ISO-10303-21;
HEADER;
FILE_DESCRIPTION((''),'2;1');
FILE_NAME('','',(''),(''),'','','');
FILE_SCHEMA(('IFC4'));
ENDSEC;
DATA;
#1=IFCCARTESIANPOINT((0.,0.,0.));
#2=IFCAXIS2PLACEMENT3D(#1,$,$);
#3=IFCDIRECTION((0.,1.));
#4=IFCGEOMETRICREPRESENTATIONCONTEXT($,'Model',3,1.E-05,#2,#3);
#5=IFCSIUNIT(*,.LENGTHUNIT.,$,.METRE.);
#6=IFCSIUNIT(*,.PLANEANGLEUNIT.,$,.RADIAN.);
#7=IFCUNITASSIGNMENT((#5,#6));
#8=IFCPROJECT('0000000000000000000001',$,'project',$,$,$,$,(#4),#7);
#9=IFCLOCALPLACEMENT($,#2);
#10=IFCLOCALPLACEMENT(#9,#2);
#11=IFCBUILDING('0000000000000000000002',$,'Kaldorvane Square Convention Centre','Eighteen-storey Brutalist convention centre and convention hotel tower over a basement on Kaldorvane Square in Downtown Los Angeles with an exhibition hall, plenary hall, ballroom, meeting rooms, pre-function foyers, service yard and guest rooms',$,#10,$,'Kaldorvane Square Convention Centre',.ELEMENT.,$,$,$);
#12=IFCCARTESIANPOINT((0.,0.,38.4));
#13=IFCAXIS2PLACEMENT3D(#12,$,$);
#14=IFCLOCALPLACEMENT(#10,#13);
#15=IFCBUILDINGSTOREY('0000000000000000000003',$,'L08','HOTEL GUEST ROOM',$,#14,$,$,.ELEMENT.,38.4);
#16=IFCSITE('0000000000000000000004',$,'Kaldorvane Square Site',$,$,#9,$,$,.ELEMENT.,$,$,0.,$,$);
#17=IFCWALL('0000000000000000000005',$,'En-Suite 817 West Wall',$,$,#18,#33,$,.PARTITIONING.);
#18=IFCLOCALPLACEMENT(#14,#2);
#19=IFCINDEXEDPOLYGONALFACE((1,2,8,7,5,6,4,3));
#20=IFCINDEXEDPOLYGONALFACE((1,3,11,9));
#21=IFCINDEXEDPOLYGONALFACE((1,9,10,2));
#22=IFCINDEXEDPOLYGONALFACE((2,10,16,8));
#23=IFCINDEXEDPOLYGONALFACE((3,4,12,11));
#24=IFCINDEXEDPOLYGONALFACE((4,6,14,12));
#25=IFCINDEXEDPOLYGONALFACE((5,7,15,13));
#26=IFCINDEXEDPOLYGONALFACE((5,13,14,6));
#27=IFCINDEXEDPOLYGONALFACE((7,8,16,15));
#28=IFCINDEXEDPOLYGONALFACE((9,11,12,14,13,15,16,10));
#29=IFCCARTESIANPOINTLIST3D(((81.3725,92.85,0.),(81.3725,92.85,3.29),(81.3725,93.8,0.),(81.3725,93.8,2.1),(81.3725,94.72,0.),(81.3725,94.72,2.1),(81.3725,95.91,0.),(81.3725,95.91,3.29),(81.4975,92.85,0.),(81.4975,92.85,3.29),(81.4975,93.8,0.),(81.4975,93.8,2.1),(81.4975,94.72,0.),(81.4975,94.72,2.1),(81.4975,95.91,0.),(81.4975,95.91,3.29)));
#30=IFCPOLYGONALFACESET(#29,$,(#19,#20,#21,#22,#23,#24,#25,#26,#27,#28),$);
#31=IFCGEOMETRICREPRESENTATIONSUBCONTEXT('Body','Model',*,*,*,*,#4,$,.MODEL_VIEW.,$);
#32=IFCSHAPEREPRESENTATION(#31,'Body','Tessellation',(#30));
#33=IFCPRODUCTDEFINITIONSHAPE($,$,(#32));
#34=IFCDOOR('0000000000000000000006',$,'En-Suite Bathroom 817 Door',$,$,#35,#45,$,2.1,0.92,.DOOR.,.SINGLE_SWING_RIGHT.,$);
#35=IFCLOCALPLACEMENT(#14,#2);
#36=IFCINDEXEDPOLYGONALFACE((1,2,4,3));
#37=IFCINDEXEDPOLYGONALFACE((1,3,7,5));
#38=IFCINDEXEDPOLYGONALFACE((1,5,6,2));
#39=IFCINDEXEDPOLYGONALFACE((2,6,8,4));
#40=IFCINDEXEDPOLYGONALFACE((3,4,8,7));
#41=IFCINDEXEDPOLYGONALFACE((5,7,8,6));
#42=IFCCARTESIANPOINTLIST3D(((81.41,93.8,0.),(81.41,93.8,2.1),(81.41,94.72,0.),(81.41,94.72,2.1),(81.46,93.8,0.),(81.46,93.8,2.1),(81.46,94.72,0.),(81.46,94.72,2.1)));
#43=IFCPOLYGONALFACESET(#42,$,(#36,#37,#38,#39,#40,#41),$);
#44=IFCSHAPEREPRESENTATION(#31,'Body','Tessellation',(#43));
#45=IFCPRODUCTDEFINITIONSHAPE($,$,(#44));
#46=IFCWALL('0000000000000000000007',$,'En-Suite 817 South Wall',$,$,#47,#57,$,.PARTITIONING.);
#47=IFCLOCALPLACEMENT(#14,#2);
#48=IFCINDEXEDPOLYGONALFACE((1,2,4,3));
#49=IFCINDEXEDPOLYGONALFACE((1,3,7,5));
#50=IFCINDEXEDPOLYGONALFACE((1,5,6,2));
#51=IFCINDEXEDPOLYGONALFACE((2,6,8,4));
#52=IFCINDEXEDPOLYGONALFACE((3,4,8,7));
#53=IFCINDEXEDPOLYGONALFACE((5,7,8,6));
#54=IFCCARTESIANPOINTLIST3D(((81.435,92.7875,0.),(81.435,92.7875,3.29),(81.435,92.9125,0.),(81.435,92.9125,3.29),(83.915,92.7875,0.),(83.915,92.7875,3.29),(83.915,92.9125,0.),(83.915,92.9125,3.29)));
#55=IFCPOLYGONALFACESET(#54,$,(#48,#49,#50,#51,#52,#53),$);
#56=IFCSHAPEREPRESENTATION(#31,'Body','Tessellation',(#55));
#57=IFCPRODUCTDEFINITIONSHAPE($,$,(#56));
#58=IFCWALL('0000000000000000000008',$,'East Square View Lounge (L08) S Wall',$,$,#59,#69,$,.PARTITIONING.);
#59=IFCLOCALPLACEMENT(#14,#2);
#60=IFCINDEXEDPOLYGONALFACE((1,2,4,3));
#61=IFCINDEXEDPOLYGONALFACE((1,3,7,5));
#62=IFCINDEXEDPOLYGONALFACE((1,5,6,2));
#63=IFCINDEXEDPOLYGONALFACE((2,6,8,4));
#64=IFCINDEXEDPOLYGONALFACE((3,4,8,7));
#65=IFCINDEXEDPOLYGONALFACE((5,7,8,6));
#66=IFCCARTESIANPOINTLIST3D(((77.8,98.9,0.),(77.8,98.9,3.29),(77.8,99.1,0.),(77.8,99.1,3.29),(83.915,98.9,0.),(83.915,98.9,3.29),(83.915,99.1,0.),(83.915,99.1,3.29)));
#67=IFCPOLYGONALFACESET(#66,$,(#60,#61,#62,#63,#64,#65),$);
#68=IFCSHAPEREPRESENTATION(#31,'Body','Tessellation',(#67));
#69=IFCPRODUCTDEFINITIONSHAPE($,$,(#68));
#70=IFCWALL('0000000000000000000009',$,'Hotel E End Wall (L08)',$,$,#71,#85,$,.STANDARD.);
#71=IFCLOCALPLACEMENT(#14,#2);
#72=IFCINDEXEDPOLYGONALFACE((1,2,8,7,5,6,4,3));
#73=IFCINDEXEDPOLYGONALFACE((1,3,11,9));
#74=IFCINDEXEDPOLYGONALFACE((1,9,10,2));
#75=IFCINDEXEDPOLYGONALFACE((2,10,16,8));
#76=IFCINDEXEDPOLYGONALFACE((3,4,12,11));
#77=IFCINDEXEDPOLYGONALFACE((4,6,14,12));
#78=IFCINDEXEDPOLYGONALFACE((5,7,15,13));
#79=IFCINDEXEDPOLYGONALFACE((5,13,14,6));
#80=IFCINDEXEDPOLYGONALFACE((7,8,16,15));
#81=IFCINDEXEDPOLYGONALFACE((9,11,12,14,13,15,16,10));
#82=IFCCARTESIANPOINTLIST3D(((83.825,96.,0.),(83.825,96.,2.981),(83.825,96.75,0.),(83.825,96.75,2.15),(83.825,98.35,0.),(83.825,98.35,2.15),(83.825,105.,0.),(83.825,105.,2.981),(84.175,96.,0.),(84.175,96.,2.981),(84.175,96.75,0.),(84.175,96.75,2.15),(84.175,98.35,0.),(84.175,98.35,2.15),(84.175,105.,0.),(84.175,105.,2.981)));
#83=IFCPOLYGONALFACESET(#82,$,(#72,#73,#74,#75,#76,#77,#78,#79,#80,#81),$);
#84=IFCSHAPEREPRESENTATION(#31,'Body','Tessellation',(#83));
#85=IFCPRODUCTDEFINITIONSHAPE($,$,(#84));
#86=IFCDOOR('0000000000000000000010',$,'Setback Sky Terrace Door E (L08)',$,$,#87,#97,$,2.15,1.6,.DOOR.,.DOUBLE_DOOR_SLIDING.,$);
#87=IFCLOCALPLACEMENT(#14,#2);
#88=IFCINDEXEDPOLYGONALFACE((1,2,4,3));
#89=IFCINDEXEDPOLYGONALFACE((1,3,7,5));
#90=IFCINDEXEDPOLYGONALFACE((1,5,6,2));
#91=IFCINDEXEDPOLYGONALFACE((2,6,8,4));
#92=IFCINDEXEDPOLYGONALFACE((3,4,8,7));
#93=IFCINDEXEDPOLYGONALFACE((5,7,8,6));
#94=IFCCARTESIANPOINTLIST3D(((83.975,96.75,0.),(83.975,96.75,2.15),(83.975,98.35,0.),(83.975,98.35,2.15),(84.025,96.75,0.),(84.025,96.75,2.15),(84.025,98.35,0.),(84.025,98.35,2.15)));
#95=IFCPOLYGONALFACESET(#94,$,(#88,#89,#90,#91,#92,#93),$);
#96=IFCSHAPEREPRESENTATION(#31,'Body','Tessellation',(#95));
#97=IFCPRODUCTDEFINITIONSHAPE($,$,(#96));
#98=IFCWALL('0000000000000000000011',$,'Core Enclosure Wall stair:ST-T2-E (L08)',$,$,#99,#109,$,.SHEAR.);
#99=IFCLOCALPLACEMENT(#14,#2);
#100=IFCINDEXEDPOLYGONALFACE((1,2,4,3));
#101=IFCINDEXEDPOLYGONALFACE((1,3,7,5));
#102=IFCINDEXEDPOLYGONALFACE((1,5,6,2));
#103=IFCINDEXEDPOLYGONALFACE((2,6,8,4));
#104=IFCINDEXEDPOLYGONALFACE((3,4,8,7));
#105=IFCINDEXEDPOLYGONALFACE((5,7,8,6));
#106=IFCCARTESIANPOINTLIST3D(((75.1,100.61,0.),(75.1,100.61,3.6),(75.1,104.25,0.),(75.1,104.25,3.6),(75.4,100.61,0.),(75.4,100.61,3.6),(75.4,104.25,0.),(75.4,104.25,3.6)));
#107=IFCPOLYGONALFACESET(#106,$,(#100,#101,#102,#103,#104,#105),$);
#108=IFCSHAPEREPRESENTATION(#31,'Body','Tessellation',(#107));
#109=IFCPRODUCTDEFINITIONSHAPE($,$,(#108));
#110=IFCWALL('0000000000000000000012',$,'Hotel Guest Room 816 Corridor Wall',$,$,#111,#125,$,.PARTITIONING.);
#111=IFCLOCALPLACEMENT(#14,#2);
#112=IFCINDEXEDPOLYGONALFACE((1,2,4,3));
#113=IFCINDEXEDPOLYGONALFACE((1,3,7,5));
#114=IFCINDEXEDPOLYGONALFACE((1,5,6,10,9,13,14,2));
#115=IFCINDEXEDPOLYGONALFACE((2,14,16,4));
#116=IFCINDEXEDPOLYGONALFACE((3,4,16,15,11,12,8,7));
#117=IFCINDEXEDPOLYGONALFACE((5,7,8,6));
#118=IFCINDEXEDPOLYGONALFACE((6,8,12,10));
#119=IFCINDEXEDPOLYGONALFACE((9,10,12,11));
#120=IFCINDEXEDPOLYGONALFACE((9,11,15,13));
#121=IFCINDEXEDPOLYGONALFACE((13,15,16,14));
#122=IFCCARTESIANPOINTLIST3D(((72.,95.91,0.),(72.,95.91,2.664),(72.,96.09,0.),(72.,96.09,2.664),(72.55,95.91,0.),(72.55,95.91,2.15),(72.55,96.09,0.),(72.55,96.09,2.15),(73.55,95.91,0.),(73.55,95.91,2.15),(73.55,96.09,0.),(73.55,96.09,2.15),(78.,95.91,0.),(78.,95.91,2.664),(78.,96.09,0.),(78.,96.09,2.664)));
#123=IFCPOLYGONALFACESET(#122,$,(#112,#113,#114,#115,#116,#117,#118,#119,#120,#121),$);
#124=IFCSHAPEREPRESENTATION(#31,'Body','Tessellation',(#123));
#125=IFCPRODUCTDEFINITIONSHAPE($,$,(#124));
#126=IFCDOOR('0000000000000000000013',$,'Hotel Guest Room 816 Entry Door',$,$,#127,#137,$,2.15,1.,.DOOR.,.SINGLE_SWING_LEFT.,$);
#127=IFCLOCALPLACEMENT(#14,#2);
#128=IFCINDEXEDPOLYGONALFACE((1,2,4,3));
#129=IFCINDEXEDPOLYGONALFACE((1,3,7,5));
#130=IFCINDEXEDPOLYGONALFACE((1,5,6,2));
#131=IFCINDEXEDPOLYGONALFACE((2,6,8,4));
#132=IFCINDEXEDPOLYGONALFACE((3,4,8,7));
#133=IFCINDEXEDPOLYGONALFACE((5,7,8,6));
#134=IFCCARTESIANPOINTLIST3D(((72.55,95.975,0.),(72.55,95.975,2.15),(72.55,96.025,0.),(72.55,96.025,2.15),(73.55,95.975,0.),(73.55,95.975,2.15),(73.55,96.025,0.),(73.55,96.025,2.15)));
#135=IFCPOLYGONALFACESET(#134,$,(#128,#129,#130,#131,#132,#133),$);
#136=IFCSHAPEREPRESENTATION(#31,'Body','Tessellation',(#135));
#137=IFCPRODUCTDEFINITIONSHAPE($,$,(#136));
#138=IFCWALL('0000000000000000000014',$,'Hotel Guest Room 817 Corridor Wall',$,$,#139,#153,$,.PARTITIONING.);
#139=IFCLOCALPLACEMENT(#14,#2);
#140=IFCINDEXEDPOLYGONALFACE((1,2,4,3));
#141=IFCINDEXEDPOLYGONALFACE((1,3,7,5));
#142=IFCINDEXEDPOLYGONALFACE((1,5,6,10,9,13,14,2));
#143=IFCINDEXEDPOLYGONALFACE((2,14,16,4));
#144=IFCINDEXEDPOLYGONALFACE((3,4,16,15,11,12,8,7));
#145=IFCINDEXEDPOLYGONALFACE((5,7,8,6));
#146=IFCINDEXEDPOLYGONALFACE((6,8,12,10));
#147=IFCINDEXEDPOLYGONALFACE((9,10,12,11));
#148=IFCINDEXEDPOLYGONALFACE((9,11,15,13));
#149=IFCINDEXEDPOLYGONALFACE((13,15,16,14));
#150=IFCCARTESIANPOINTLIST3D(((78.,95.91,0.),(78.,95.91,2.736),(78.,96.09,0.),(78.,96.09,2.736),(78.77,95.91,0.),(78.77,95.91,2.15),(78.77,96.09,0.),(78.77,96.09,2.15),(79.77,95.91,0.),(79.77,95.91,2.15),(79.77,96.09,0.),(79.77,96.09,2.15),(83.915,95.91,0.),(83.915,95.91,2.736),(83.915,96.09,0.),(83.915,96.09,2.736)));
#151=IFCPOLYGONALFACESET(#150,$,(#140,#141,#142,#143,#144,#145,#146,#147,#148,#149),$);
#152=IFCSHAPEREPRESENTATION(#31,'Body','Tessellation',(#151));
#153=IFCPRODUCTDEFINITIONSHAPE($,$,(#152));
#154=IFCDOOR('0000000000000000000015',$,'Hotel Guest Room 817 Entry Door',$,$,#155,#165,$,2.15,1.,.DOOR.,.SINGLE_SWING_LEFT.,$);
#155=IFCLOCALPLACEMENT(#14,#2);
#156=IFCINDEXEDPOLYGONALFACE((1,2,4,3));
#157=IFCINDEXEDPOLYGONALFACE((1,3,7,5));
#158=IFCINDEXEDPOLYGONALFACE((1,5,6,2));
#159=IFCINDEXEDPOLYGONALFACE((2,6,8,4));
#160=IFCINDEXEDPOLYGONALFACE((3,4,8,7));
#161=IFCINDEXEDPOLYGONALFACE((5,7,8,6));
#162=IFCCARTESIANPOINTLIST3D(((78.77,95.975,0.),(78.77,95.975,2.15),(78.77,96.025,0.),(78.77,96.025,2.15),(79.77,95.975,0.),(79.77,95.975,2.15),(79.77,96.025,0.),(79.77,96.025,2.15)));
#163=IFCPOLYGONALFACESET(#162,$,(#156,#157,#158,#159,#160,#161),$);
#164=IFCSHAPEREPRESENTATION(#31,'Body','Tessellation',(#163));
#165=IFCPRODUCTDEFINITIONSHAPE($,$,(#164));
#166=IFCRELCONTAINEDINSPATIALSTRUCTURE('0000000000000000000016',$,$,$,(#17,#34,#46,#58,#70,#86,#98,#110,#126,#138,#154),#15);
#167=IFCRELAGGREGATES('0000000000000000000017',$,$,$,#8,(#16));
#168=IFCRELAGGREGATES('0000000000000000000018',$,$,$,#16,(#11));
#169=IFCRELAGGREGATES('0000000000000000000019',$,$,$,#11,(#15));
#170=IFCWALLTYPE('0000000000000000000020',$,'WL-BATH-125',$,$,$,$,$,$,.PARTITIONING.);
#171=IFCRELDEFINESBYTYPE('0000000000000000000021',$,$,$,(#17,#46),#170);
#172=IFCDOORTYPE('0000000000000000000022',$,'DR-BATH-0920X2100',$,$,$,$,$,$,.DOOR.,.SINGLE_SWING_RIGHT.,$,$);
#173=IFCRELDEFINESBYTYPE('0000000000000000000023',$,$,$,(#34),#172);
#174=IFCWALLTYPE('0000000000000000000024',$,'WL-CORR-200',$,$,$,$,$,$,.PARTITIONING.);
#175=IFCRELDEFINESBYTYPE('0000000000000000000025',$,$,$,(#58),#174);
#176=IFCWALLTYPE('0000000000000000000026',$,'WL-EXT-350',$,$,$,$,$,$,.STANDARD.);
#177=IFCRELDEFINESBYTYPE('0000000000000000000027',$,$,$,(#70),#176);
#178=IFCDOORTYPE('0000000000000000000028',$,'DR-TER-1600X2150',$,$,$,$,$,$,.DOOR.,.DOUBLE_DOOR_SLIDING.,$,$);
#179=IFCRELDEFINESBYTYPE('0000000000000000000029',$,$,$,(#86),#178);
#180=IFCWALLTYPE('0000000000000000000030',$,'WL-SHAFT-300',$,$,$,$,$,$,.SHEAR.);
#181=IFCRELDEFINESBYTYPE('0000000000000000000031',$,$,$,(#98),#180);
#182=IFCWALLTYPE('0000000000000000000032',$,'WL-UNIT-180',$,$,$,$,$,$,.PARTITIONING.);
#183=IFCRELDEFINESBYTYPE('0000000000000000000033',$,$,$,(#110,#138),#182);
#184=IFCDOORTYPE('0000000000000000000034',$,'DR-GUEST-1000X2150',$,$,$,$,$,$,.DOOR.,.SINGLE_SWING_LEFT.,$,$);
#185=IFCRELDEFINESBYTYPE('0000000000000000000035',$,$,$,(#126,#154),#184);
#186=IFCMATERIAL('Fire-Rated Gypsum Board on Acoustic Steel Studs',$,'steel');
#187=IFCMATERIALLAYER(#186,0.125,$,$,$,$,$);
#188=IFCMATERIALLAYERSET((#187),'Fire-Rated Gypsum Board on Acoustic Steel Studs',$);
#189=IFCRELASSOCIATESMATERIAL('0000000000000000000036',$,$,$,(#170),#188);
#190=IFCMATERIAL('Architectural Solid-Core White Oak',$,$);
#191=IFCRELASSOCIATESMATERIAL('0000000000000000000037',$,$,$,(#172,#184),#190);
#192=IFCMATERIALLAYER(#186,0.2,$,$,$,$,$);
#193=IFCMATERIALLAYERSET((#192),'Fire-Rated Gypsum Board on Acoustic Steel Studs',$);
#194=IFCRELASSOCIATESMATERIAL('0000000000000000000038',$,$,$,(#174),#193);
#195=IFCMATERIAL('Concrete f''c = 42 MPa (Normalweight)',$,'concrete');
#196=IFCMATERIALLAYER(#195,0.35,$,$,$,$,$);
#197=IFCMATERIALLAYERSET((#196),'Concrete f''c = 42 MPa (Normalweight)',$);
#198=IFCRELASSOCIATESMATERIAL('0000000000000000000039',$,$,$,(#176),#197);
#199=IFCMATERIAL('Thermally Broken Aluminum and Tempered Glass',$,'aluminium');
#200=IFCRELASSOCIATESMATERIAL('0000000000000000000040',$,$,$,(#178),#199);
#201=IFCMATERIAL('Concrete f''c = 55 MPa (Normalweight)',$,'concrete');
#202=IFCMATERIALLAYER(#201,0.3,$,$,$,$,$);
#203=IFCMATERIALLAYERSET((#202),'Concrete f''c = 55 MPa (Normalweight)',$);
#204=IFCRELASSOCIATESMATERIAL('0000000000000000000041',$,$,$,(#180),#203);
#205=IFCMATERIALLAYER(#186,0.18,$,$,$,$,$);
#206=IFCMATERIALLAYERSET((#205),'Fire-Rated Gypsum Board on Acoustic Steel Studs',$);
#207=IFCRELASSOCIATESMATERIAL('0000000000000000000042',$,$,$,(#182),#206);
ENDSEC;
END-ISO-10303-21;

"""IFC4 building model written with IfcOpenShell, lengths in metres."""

from ifc_helpers import new_model, si_unit, direction, frame, frame_2d, origin, place, context, subcontext, project, spatial, rectangle, extrude, material, layer, layer_set, type_object, element, fill, save


model = new_model("IFC4")

# Units and contexts
model_context = context("Model", 3, precision=1e-05, world=origin(), true_north=direction((0.0, 1.0)))
body_context = subcontext(model_context, "Body", "Model", "MODEL_VIEW")
ifc_project = project(units=[si_unit("LENGTHUNIT", "METRE"), si_unit("PLANEANGLEUNIT", "RADIAN")], contexts=[model_context])

# Site, building, storey
site_placement = place(None, origin())
site = spatial("IfcSite", under=ifc_project, at=site_placement, Name="Kaldorvane Square Site", CompositionType="ELEMENT", RefElevation=0.0)
building_placement = place(site_placement, origin())
building = spatial("IfcBuilding", under=site, at=building_placement, Name="Kaldorvane Square Convention Centre", Description="Eighteen-storey Brutalist convention centre and convention hotel tower over a basement on Kaldorvane Square in Downtown Los Angeles with an exhibition hall, plenary hall, ballroom, meeting rooms, pre-function foyers, service yard and guest rooms", LongName="Kaldorvane Square Convention Centre", CompositionType="ELEMENT")
storey_placement = place(building_placement, frame((0.0, 0.0, 38.4)))
storey = spatial("IfcBuildingStorey", under=building, at=storey_placement, Name="L08", Description="HOTEL GUEST ROOM", CompositionType="ELEMENT", Elevation=38.4)

# Shared definitions
ifc_material_1 = material(Name="Fire-Rated Gypsum Board on Acoustic Steel Studs", Category="steel")
ifc_layer_1 = layer(ifc_material_1, 0.125)
ifc_layer_set_1 = layer_set([ifc_layer_1], Name="Fire-Rated Gypsum Board on Acoustic Steel Studs")
wall_type_1 = type_object("IfcWallType", Name="WL-BATH-125", PredefinedType="PARTITIONING", material=ifc_layer_set_1)
ifc_material_2 = material(Name="Architectural Solid-Core White Oak")
door_type_1 = type_object("IfcDoorType", Name="DR-BATH-0920X2100", OperationType="SINGLE_SWING_RIGHT", PredefinedType="DOOR", material=ifc_material_2)

# Wall, opening, door
wall_1_placement = place(storey_placement, frame((81.435, 92.85, 0.0), z_axis=(0.0, 0.0, 1.0), x_axis=(0.0, 1.0, 0.0)))
wall_1 = element("IfcWall", 1, at=wall_1_placement, inside=storey, type_object=wall_type_1, Name="En-Suite 817 West Wall", PredefinedType="PARTITIONING", context=body_context, shape_type="SweptSolid", body=[
    extrude(rectangle(XDim=3.06, YDim=0.125, at=frame_2d((1.53, 0.0))), origin(), (0.0, 0.0, 1.0), 3.29),
])
opening_1_placement = place(wall_1_placement, frame((0.95, 0.0, 0.0)))
opening_1 = element("IfcOpeningElement", 2, at=opening_1_placement, cuts=wall_1, PredefinedType="OPENING", context=body_context, shape_type="SweptSolid", body=[
    extrude(rectangle(XDim=0.92, YDim=2.1, at=frame_2d((0.46, 1.05))), frame((0.0, 0.0775, 0.0), z_axis=(0.0, -1.0, 0.0), x_axis=(1.0, 0.0, 0.0)), (0.0, 0.0, 1.0), 0.155),
])
door_1_placement = place(opening_1_placement, origin())
door_1 = element("IfcDoor", 3, at=door_1_placement, inside=storey, type_object=door_type_1, Name="En-Suite Bathroom 817 Door", OperationType="SINGLE_SWING_RIGHT", OverallHeight=2.1, OverallWidth=0.92, PredefinedType="DOOR", context=body_context, shape_type="SweptSolid", body=[
    extrude(rectangle(XDim=0.92, YDim=2.1, at=frame_2d((0.46, 1.05))), frame((0.0, 0.025, 0.0), z_axis=(0.0, -1.0, 0.0), x_axis=(1.0, 0.0, 0.0)), (0.0, 0.0, 1.0), 0.05),
])
fill(opening_1, door_1)

# Walls
wall_2_placement = place(storey_placement, frame((81.435, 92.85, 0.0), z_axis=(0.0, 0.0, 1.0), x_axis=(1.0, 0.0, 0.0)))
element("IfcWall", 4, at=wall_2_placement, inside=storey, type_object=wall_type_1, Name="En-Suite 817 South Wall", PredefinedType="PARTITIONING", context=body_context, shape_type="SweptSolid", body=[
    extrude(rectangle(XDim=2.48, YDim=0.125, at=frame_2d((1.24, 0.0))), origin(), (0.0, 0.0, 1.0), 3.29),
])
ifc_layer_2 = layer(ifc_material_1, 0.2)
ifc_layer_set_2 = layer_set([ifc_layer_2], Name="Fire-Rated Gypsum Board on Acoustic Steel Studs")
wall_type_2 = type_object("IfcWallType", Name="WL-CORR-200", PredefinedType="PARTITIONING", material=ifc_layer_set_2)
wall_3_placement = place(storey_placement, frame((77.8, 99.0, 0.0), z_axis=(0.0, 0.0, 1.0), x_axis=(1.0, 0.0, 0.0)))
element("IfcWall", 5, at=wall_3_placement, inside=storey, type_object=wall_type_2, Name="East Square View Lounge (L08) S Wall", PredefinedType="PARTITIONING", context=body_context, shape_type="SweptSolid", body=[
    extrude(rectangle(XDim=6.115, YDim=0.2, at=frame_2d((3.0575, 0.0))), origin(), (0.0, 0.0, 1.0), 3.29),
])

# Wall, opening, door
ifc_material_3 = material(Name="Concrete f'c = 42 MPa (Normalweight)", Category="concrete")
ifc_layer_3 = layer(ifc_material_3, 0.35)
ifc_layer_set_3 = layer_set([ifc_layer_3], Name="Concrete f'c = 42 MPa (Normalweight)")
wall_type_3 = type_object("IfcWallType", Name="WL-EXT-350", PredefinedType="STANDARD", material=ifc_layer_set_3)
wall_4_placement = place(storey_placement, frame((84.0, 96.0, 0.0), z_axis=(0.0, 0.0, 1.0), x_axis=(0.0, 1.0, 0.0)))
wall_4 = element("IfcWall", 6, at=wall_4_placement, inside=storey, type_object=wall_type_3, Name="Hotel E End Wall (L08)", PredefinedType="STANDARD", context=body_context, shape_type="SweptSolid", body=[
    extrude(rectangle(XDim=9.0, YDim=0.35, at=frame_2d((4.5, 0.0))), origin(), (0.0, 0.0, 1.0), 2.981),
])
opening_2_placement = place(wall_4_placement, frame((0.75, 0.0, 0.0)))
opening_2 = element("IfcOpeningElement", 7, at=opening_2_placement, cuts=wall_4, PredefinedType="OPENING", context=body_context, shape_type="SweptSolid", body=[
    extrude(rectangle(XDim=1.6, YDim=2.15, at=frame_2d((0.8, 1.075))), frame((0.0, 0.19, 0.0), z_axis=(0.0, -1.0, 0.0), x_axis=(1.0, 0.0, 0.0)), (0.0, 0.0, 1.0), 0.38),
])
ifc_material_4 = material(Name="Thermally Broken Aluminum and Tempered Glass", Category="aluminium")
door_type_2 = type_object("IfcDoorType", Name="DR-TER-1600X2150", OperationType="DOUBLE_DOOR_SLIDING", PredefinedType="DOOR", material=ifc_material_4)
door_2_placement = place(opening_2_placement, origin())
door_2 = element("IfcDoor", 8, at=door_2_placement, inside=storey, type_object=door_type_2, Name="Setback Sky Terrace Door E (L08)", OperationType="DOUBLE_DOOR_SLIDING", OverallHeight=2.15, OverallWidth=1.6, PredefinedType="DOOR", context=body_context, shape_type="SweptSolid", body=[
    extrude(rectangle(XDim=1.6, YDim=2.15, at=frame_2d((0.8, 1.075))), frame((0.0, 0.025, 0.0), z_axis=(0.0, -1.0, 0.0), x_axis=(1.0, 0.0, 0.0)), (0.0, 0.0, 1.0), 0.05),
])
fill(opening_2, door_2)

# Wall
ifc_material_5 = material(Name="Concrete f'c = 55 MPa (Normalweight)", Category="concrete")
ifc_layer_4 = layer(ifc_material_5, 0.3)
ifc_layer_set_4 = layer_set([ifc_layer_4], Name="Concrete f'c = 55 MPa (Normalweight)")
wall_type_4 = type_object("IfcWallType", Name="WL-SHAFT-300", PredefinedType="SHEAR", material=ifc_layer_set_4)
wall_5_placement = place(storey_placement, frame((75.25, 100.61, 0.0), z_axis=(0.0, 0.0, 1.0), x_axis=(0.0, 1.0, 0.0)))
element("IfcWall", 9, at=wall_5_placement, inside=storey, type_object=wall_type_4, Name="Core Enclosure Wall stair:ST-T2-E (L08)", PredefinedType="SHEAR", context=body_context, shape_type="SweptSolid", body=[
    extrude(rectangle(XDim=3.64, YDim=0.3, at=frame_2d((1.82, 0.0))), origin(), (0.0, 0.0, 1.0), 3.6),
])

# Walls, openings, doors
ifc_layer_5 = layer(ifc_material_1, 0.18)
ifc_layer_set_5 = layer_set([ifc_layer_5], Name="Fire-Rated Gypsum Board on Acoustic Steel Studs")
wall_type_5 = type_object("IfcWallType", Name="WL-UNIT-180", PredefinedType="PARTITIONING", material=ifc_layer_set_5)
wall_6_placement = place(storey_placement, frame((72.0, 96.0, 0.0), z_axis=(0.0, 0.0, 1.0), x_axis=(1.0, 0.0, 0.0)))
wall_6 = element("IfcWall", 10, at=wall_6_placement, inside=storey, type_object=wall_type_5, Name="Hotel Guest Room 816 Corridor Wall", PredefinedType="PARTITIONING", context=body_context, shape_type="SweptSolid", body=[
    extrude(rectangle(XDim=6.0, YDim=0.18, at=frame_2d((3.0, 0.0))), origin(), (0.0, 0.0, 1.0), 2.664),
])
opening_3_placement = place(wall_6_placement, frame((0.55, 0.0, 0.0)))
opening_3 = element("IfcOpeningElement", 11, at=opening_3_placement, cuts=wall_6, PredefinedType="OPENING", context=body_context, shape_type="SweptSolid", body=[
    extrude(rectangle(XDim=1.0, YDim=2.15, at=frame_2d((0.5, 1.075))), frame((0.0, 0.105, 0.0), z_axis=(0.0, -1.0, 0.0), x_axis=(1.0, 0.0, 0.0)), (0.0, 0.0, 1.0), 0.21),
])
door_type_3 = type_object("IfcDoorType", Name="DR-GUEST-1000X2150", OperationType="SINGLE_SWING_LEFT", PredefinedType="DOOR", material=ifc_material_2)
door_3_placement = place(opening_3_placement, origin())
door_3 = element("IfcDoor", 12, at=door_3_placement, inside=storey, type_object=door_type_3, Name="Hotel Guest Room 816 Entry Door", OperationType="SINGLE_SWING_LEFT", OverallHeight=2.15, OverallWidth=1.0, PredefinedType="DOOR", context=body_context, shape_type="SweptSolid", body=[
    extrude(rectangle(XDim=1.0, YDim=2.15, at=frame_2d((0.5, 1.075))), frame((0.0, 0.025, 0.0), z_axis=(0.0, -1.0, 0.0), x_axis=(1.0, 0.0, 0.0)), (0.0, 0.0, 1.0), 0.05),
])
fill(opening_3, door_3)
wall_7_placement = place(storey_placement, frame((78.0, 96.0, 0.0), z_axis=(0.0, 0.0, 1.0), x_axis=(1.0, 0.0, 0.0)))
wall_7 = element("IfcWall", 13, at=wall_7_placement, inside=storey, type_object=wall_type_5, Name="Hotel Guest Room 817 Corridor Wall", PredefinedType="PARTITIONING", context=body_context, shape_type="SweptSolid", body=[
    extrude(rectangle(XDim=5.915, YDim=0.18, at=frame_2d((2.9575, 0.0))), origin(), (0.0, 0.0, 1.0), 2.736),
])
opening_4_placement = place(wall_7_placement, frame((0.77, 0.0, 0.0)))
opening_4 = element("IfcOpeningElement", 14, at=opening_4_placement, cuts=wall_7, PredefinedType="OPENING", context=body_context, shape_type="SweptSolid", body=[
    extrude(rectangle(XDim=1.0, YDim=2.15, at=frame_2d((0.5, 1.075))), frame((0.0, 0.105, 0.0), z_axis=(0.0, -1.0, 0.0), x_axis=(1.0, 0.0, 0.0)), (0.0, 0.0, 1.0), 0.21),
])
door_4_placement = place(opening_4_placement, origin())
door_4 = element("IfcDoor", 15, at=door_4_placement, inside=storey, type_object=door_type_3, Name="Hotel Guest Room 817 Entry Door", OperationType="SINGLE_SWING_LEFT", OverallHeight=2.15, OverallWidth=1.0, PredefinedType="DOOR", context=body_context, shape_type="SweptSolid", body=[
    extrude(rectangle(XDim=1.0, YDim=2.15, at=frame_2d((0.5, 1.075))), frame((0.0, 0.025, 0.0), z_axis=(0.0, -1.0, 0.0), x_axis=(1.0, 0.0, 0.0)), (0.0, 0.0, 1.0), 0.05),
])
fill(opening_4, door_4)

save(model, "model.ifc")
